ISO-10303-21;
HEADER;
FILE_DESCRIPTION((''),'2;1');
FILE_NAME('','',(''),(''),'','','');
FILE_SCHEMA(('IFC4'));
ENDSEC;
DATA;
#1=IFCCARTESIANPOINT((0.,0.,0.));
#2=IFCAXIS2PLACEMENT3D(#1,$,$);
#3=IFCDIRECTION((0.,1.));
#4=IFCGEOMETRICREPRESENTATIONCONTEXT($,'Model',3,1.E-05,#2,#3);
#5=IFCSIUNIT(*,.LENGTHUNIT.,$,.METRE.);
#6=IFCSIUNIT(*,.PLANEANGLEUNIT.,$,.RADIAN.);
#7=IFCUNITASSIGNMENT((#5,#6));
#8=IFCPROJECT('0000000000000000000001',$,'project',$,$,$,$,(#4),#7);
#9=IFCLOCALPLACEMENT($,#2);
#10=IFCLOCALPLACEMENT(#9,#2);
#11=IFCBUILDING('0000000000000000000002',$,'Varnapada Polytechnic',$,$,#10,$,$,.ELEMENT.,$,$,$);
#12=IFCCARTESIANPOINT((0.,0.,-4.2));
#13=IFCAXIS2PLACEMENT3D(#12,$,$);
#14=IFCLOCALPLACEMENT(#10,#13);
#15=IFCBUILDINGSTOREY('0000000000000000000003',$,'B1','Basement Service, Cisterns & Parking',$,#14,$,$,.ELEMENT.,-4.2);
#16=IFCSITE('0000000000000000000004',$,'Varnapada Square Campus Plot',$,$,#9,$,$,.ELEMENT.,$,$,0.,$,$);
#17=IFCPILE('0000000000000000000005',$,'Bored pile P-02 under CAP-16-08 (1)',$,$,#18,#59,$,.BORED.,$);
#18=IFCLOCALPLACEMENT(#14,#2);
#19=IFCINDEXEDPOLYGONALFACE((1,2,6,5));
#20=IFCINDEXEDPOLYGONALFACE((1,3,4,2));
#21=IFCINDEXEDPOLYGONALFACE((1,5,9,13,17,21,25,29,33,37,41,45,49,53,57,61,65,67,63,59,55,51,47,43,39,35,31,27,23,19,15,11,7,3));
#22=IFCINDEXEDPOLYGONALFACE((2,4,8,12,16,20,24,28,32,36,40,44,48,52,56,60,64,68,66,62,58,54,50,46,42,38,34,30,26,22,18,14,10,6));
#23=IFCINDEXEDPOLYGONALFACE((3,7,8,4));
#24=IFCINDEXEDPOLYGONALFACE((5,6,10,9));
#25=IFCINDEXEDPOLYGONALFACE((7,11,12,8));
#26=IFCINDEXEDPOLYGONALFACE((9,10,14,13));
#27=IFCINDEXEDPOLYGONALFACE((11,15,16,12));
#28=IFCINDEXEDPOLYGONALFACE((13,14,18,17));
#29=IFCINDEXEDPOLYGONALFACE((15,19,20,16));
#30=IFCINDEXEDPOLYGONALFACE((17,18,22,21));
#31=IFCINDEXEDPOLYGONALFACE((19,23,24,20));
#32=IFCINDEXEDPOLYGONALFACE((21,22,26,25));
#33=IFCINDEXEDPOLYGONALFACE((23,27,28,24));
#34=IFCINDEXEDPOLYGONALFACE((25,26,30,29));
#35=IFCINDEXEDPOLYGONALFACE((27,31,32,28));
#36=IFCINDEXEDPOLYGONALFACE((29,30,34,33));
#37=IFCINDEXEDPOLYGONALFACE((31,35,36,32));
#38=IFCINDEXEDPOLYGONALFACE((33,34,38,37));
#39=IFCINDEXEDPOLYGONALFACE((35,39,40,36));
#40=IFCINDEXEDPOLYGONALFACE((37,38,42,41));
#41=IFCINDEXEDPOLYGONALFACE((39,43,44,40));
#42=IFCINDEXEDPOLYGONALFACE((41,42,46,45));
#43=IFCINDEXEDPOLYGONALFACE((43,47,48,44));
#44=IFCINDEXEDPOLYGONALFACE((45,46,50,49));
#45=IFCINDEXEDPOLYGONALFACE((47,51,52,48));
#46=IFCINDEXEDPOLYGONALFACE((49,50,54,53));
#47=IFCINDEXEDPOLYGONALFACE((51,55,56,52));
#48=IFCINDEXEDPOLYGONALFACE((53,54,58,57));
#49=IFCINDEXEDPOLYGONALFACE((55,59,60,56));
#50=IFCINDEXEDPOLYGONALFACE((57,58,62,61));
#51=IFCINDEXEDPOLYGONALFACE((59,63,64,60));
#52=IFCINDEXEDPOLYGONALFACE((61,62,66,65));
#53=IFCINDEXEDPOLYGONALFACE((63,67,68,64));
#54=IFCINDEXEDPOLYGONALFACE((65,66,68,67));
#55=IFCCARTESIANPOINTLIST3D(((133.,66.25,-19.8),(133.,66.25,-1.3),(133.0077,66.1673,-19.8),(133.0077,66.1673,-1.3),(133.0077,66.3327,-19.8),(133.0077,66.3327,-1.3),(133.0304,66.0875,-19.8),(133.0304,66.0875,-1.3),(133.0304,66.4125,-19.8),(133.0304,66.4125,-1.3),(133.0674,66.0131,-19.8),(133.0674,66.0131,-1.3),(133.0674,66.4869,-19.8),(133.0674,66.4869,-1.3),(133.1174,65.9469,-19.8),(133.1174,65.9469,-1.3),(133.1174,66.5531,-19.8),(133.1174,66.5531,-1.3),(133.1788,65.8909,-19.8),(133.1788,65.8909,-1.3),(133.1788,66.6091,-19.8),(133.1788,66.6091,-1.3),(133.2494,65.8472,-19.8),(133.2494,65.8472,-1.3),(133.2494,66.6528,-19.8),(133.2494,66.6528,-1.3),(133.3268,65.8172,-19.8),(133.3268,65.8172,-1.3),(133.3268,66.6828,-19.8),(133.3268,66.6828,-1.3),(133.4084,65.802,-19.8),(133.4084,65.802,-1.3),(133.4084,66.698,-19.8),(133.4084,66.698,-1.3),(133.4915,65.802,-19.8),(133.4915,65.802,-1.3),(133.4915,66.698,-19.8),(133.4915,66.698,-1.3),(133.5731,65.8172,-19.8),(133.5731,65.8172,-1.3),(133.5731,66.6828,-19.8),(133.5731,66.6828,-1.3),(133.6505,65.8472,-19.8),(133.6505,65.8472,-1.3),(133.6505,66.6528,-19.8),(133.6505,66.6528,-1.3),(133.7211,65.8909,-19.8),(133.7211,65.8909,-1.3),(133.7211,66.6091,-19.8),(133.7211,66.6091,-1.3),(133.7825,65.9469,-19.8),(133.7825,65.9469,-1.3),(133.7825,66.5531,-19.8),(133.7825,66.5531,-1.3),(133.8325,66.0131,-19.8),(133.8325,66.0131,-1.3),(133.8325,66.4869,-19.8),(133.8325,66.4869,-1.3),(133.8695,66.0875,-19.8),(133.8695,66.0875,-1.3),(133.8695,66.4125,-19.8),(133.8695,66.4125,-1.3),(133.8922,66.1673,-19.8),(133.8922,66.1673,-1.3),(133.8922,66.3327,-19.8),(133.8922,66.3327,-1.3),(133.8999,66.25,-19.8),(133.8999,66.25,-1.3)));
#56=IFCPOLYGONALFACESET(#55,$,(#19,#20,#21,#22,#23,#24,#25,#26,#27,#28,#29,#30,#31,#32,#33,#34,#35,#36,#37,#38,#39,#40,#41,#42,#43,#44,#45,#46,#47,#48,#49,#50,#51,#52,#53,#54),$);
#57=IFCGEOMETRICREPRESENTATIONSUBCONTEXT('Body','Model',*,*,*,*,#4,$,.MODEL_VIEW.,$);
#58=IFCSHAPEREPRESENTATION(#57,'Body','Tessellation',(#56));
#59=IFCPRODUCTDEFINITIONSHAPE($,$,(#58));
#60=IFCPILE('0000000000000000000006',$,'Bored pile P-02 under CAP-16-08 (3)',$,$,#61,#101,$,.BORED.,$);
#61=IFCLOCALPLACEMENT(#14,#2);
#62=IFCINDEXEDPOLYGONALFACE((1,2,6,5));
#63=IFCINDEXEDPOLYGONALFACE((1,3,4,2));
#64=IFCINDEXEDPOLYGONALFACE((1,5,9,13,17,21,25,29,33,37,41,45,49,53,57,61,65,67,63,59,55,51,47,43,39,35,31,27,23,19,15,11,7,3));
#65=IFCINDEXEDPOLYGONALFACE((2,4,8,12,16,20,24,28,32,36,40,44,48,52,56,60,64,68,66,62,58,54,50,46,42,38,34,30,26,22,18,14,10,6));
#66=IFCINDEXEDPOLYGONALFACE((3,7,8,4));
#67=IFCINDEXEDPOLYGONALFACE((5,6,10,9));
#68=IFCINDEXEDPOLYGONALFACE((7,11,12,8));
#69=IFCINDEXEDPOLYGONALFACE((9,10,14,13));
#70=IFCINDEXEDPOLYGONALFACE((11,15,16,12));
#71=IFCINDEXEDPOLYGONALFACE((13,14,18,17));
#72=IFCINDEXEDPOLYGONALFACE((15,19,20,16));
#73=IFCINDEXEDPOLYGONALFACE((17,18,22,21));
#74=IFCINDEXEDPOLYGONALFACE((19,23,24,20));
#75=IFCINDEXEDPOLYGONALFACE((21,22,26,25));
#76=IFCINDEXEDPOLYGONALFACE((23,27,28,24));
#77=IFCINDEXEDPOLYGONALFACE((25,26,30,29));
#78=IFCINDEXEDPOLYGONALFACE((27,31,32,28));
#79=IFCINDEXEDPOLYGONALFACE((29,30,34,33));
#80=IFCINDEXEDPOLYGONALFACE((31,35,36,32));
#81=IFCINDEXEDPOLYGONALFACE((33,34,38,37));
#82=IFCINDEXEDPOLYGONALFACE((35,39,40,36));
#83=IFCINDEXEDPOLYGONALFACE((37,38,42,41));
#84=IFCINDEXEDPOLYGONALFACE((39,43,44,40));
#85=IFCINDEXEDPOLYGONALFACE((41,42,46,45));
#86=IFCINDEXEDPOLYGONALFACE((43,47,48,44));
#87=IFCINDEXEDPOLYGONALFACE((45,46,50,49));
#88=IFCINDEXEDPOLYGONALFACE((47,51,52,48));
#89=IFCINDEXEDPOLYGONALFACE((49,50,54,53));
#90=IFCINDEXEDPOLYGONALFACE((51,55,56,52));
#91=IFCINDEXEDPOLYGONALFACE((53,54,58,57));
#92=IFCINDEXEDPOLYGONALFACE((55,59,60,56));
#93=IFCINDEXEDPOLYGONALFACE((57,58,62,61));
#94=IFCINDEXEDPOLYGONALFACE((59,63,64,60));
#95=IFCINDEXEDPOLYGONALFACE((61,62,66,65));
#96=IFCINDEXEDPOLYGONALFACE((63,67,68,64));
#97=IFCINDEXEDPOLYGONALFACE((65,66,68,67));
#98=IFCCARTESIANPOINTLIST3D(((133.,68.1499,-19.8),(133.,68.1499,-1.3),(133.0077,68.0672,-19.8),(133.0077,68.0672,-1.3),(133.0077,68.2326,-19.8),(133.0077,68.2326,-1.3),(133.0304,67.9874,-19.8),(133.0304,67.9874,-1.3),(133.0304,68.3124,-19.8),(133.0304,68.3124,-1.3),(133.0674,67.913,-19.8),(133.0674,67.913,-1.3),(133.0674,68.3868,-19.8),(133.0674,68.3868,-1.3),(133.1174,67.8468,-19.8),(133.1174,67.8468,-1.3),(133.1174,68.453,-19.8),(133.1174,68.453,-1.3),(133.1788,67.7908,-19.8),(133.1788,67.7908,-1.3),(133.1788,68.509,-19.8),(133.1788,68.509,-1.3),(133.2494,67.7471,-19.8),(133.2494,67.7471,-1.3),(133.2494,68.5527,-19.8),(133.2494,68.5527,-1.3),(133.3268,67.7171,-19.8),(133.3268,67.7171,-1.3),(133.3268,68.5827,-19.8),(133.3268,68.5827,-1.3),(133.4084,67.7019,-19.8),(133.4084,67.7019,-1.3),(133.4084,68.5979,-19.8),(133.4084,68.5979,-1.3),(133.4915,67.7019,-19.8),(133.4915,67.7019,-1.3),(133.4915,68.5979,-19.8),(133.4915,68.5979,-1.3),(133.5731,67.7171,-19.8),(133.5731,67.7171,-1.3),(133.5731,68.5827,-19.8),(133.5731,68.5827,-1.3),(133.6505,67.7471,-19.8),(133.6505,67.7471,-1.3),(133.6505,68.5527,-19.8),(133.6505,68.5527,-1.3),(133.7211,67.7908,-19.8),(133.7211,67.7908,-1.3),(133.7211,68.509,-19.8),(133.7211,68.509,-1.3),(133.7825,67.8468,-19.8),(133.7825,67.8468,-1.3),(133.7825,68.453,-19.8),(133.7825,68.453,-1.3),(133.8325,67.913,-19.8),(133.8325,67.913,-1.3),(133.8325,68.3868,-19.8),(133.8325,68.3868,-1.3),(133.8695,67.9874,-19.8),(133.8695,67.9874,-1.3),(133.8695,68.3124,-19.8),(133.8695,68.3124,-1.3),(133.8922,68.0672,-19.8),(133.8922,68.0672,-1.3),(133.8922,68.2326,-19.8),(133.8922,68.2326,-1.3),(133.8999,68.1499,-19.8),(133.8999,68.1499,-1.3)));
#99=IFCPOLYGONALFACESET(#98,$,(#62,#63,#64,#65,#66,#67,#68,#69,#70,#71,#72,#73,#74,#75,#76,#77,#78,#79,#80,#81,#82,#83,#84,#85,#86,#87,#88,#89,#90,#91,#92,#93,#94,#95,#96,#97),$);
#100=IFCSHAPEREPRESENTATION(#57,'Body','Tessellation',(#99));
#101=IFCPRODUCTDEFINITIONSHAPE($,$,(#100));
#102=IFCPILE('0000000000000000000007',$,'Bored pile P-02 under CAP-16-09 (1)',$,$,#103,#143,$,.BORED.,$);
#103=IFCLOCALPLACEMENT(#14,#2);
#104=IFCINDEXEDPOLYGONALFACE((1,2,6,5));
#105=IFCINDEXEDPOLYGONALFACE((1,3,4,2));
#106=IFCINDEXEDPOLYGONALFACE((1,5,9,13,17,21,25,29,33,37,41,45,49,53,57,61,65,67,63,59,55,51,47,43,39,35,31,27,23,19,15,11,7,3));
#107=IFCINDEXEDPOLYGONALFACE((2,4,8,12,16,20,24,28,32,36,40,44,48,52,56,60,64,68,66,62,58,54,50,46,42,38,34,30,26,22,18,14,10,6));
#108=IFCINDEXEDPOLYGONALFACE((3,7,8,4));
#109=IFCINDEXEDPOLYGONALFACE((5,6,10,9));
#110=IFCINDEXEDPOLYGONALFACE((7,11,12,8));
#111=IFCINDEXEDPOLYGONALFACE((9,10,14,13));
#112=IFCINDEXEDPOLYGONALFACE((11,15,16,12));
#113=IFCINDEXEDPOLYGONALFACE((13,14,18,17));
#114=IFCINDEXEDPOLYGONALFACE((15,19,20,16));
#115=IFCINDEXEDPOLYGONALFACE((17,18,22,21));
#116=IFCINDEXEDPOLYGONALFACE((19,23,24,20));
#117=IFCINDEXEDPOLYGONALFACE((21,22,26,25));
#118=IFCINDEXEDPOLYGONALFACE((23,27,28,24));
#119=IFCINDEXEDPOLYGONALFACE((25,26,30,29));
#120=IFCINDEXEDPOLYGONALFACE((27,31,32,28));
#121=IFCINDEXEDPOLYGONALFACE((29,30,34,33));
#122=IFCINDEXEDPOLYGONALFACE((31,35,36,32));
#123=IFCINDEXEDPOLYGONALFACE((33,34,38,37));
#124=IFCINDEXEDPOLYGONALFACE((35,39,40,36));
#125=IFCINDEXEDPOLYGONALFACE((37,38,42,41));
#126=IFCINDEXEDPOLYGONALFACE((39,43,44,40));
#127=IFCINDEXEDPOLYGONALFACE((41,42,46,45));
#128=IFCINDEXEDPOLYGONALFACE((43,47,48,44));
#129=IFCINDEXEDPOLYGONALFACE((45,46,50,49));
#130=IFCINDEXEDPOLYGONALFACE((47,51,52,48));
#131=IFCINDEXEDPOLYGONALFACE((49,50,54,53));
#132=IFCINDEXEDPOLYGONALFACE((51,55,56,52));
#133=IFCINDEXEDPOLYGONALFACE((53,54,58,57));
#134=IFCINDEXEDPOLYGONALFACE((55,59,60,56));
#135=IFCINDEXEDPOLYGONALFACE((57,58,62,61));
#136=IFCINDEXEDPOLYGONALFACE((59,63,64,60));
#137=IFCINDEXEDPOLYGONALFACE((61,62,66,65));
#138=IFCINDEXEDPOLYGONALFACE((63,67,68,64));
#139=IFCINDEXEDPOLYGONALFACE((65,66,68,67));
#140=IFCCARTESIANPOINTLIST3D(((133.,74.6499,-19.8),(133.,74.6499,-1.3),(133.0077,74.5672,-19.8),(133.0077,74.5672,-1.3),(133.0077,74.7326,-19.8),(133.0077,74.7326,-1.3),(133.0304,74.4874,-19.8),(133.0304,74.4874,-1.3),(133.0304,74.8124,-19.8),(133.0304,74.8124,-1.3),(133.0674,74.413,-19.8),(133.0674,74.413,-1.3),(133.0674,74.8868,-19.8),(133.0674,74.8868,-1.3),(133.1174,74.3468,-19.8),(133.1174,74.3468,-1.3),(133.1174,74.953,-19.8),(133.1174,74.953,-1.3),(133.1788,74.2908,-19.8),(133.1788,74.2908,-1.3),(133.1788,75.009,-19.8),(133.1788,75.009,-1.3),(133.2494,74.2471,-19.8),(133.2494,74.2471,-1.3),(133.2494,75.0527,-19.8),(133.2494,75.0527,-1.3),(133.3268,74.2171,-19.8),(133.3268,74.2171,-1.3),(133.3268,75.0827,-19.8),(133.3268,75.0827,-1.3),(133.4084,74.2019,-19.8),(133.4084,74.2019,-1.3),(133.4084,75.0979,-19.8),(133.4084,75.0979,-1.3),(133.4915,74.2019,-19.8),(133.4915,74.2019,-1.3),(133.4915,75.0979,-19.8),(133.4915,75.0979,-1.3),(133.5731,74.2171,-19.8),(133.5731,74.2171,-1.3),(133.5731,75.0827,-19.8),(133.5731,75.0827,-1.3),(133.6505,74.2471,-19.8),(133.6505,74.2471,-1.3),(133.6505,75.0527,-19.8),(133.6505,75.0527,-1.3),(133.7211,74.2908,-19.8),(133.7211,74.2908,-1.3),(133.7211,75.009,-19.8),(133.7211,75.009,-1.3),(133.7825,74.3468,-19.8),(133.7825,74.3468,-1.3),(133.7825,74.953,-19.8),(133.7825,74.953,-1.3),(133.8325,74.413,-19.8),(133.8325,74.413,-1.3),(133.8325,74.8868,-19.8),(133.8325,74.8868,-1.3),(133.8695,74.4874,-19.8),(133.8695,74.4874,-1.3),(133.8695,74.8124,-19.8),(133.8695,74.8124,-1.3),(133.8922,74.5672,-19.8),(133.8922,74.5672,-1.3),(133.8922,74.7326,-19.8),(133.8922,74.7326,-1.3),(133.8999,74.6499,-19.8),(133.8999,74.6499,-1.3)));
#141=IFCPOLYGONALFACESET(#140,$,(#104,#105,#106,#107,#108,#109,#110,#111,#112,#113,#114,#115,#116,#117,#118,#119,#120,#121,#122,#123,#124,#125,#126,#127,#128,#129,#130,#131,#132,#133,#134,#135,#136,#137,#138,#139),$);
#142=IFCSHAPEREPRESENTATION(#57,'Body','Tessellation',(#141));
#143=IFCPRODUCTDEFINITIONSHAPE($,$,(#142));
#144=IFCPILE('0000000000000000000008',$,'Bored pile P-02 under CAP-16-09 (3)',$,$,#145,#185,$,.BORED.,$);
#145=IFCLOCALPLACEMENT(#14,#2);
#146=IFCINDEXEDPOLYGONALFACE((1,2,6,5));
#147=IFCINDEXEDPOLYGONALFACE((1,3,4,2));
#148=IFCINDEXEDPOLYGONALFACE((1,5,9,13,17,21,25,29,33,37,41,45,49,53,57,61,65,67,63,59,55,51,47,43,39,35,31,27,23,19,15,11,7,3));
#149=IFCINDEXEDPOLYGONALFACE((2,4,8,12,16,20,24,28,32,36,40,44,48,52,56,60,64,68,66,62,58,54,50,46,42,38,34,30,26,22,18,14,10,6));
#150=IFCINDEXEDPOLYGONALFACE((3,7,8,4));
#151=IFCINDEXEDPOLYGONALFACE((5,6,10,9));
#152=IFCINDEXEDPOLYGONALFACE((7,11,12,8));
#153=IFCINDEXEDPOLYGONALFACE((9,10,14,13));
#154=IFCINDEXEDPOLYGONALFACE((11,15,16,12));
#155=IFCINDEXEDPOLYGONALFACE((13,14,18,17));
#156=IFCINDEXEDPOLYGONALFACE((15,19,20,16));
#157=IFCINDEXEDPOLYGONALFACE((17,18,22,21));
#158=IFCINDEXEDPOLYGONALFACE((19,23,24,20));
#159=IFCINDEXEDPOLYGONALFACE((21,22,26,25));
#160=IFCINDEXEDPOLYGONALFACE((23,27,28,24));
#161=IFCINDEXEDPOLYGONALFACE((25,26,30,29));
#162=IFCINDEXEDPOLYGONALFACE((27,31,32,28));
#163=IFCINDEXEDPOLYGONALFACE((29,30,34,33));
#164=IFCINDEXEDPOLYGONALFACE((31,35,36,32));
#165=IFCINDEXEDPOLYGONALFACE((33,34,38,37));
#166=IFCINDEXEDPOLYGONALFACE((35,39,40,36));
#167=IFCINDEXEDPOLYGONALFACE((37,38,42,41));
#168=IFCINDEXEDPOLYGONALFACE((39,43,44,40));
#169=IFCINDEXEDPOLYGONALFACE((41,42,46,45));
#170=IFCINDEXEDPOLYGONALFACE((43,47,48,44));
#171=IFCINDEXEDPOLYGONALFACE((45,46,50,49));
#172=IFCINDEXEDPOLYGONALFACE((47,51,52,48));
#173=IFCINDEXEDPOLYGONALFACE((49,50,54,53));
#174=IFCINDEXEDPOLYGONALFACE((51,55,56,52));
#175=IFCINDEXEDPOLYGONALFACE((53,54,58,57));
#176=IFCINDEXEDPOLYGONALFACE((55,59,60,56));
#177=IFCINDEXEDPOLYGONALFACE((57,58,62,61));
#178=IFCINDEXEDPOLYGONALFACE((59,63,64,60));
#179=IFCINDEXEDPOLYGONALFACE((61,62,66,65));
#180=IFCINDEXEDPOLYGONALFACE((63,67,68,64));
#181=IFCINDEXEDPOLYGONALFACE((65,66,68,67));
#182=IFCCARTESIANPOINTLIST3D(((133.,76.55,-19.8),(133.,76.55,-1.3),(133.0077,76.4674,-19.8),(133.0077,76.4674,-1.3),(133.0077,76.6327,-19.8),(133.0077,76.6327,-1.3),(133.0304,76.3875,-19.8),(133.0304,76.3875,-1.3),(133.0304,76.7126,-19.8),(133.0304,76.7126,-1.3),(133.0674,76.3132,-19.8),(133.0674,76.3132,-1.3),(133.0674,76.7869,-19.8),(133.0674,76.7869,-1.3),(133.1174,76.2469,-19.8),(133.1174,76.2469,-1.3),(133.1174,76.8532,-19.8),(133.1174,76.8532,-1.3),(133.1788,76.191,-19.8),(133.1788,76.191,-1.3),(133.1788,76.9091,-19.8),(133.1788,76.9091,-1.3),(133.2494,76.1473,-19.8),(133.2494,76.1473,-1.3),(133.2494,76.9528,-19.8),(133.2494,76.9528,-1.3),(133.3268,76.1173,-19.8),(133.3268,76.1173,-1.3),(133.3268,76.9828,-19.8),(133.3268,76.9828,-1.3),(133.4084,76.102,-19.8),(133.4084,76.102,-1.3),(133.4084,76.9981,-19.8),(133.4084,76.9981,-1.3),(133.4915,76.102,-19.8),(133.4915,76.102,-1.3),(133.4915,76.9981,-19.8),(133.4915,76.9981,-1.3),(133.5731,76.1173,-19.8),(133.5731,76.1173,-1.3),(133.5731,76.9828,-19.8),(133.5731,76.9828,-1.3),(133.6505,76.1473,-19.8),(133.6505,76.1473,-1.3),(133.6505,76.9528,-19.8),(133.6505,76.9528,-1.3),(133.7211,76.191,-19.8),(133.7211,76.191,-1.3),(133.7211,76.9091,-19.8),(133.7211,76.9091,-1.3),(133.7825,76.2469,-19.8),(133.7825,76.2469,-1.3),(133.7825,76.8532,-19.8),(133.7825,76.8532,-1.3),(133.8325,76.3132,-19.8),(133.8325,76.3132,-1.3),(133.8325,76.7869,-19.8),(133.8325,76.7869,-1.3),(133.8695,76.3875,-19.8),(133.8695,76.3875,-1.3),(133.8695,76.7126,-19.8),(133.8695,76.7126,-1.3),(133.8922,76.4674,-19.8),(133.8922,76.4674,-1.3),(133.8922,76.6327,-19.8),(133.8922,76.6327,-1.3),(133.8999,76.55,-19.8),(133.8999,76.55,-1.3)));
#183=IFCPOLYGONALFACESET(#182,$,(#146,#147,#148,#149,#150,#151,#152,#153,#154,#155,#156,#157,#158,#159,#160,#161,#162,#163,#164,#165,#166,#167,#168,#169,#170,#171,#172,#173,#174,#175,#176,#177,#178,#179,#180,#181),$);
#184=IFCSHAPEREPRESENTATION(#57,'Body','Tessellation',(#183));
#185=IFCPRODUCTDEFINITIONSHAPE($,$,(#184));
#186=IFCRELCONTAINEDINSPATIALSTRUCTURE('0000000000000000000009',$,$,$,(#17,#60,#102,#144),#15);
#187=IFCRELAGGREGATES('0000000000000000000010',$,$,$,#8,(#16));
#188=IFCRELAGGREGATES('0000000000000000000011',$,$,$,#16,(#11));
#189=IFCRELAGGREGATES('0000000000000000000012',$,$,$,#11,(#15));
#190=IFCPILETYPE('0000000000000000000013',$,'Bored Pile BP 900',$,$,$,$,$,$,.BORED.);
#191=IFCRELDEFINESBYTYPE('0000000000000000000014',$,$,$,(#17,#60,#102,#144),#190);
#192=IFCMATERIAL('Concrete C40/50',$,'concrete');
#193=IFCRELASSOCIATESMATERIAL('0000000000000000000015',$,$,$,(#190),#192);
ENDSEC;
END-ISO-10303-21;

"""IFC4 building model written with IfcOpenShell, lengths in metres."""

from ifc_helpers import new_model, si_unit, direction, frame, origin, origin_2d, place, context, subcontext, project, spatial, circle, extrude, material, material_profile, profile_set, type_object, element, save


model = new_model("IFC4")

# Units and contexts
model_context = context("Model", 3, precision=1e-05, world=origin(), true_north=direction((0.0, 1.0)))
body_context = subcontext(model_context, "Body", "Model", "MODEL_VIEW")
ifc_project = project(units=[si_unit("LENGTHUNIT", "METRE"), si_unit("PLANEANGLEUNIT", "RADIAN")], contexts=[model_context])

# Site, building, storey
site_placement = place(None, origin())
site = spatial("IfcSite", under=ifc_project, at=site_placement, Name="Varnapada Square Campus Plot", CompositionType="ELEMENT", RefElevation=0.0)
building_placement = place(site_placement, origin())
building = spatial("IfcBuilding", under=site, at=building_placement, Name="Varnapada Polytechnic", CompositionType="ELEMENT")
storey_placement = place(building_placement, frame((0.0, 0.0, -4.2)))
storey = spatial("IfcBuildingStorey", under=building, at=storey_placement, Name="B1", Description="Basement Service, Cisterns & Parking", CompositionType="ELEMENT", Elevation=-4.2)

# Piles
ifc_material_1 = material(Name="Concrete C40/50", Category="concrete")
ifc_material_profile_1 = material_profile(ifc_material_1, circle(Radius=0.45, at=origin_2d()), Name="BP 900")
ifc_profile_set_1 = profile_set([ifc_material_profile_1], Name="Concrete C40/50")
pile_type_1 = type_object("IfcPileType", Name="Bored Pile BP 900", PredefinedType="BORED", material=ifc_profile_set_1)
for number, where, z_axis, x_axis, name in (
    (1, (133.45, 66.25, -1.3), (0.0, 0.0, -1.0), (1.0, 0.0, 0.0), "Bored pile P-02 under CAP-16-08 (1)"),
    (2, (133.45, 68.1499, -1.3), (0.0, 0.0, -1.0), (1.0, 0.0, 0.0), "Bored pile P-02 under CAP-16-08 (3)"),
    (3, (133.45, 74.6499, -1.3), (0.0, 0.0, -1.0), (1.0, 0.0, 0.0), "Bored pile P-02 under CAP-16-09 (1)"),
    (4, (133.45, 76.55, -1.3), (0.0, 0.0, -1.0), (1.0, 0.0, 0.0), "Bored pile P-02 under CAP-16-09 (3)"),
):
    element("IfcPile", number, at=place(storey_placement, frame(where, z_axis=z_axis, x_axis=x_axis)), inside=storey, type_object=pile_type_1, Name=name, PredefinedType="BORED", context=body_context, shape_type="SweptSolid", body=[
        extrude(circle(Radius=0.45, at=origin_2d()), origin(), (0.0, 0.0, 1.0), 18.5),
    ])

save(model, "model.ifc")
